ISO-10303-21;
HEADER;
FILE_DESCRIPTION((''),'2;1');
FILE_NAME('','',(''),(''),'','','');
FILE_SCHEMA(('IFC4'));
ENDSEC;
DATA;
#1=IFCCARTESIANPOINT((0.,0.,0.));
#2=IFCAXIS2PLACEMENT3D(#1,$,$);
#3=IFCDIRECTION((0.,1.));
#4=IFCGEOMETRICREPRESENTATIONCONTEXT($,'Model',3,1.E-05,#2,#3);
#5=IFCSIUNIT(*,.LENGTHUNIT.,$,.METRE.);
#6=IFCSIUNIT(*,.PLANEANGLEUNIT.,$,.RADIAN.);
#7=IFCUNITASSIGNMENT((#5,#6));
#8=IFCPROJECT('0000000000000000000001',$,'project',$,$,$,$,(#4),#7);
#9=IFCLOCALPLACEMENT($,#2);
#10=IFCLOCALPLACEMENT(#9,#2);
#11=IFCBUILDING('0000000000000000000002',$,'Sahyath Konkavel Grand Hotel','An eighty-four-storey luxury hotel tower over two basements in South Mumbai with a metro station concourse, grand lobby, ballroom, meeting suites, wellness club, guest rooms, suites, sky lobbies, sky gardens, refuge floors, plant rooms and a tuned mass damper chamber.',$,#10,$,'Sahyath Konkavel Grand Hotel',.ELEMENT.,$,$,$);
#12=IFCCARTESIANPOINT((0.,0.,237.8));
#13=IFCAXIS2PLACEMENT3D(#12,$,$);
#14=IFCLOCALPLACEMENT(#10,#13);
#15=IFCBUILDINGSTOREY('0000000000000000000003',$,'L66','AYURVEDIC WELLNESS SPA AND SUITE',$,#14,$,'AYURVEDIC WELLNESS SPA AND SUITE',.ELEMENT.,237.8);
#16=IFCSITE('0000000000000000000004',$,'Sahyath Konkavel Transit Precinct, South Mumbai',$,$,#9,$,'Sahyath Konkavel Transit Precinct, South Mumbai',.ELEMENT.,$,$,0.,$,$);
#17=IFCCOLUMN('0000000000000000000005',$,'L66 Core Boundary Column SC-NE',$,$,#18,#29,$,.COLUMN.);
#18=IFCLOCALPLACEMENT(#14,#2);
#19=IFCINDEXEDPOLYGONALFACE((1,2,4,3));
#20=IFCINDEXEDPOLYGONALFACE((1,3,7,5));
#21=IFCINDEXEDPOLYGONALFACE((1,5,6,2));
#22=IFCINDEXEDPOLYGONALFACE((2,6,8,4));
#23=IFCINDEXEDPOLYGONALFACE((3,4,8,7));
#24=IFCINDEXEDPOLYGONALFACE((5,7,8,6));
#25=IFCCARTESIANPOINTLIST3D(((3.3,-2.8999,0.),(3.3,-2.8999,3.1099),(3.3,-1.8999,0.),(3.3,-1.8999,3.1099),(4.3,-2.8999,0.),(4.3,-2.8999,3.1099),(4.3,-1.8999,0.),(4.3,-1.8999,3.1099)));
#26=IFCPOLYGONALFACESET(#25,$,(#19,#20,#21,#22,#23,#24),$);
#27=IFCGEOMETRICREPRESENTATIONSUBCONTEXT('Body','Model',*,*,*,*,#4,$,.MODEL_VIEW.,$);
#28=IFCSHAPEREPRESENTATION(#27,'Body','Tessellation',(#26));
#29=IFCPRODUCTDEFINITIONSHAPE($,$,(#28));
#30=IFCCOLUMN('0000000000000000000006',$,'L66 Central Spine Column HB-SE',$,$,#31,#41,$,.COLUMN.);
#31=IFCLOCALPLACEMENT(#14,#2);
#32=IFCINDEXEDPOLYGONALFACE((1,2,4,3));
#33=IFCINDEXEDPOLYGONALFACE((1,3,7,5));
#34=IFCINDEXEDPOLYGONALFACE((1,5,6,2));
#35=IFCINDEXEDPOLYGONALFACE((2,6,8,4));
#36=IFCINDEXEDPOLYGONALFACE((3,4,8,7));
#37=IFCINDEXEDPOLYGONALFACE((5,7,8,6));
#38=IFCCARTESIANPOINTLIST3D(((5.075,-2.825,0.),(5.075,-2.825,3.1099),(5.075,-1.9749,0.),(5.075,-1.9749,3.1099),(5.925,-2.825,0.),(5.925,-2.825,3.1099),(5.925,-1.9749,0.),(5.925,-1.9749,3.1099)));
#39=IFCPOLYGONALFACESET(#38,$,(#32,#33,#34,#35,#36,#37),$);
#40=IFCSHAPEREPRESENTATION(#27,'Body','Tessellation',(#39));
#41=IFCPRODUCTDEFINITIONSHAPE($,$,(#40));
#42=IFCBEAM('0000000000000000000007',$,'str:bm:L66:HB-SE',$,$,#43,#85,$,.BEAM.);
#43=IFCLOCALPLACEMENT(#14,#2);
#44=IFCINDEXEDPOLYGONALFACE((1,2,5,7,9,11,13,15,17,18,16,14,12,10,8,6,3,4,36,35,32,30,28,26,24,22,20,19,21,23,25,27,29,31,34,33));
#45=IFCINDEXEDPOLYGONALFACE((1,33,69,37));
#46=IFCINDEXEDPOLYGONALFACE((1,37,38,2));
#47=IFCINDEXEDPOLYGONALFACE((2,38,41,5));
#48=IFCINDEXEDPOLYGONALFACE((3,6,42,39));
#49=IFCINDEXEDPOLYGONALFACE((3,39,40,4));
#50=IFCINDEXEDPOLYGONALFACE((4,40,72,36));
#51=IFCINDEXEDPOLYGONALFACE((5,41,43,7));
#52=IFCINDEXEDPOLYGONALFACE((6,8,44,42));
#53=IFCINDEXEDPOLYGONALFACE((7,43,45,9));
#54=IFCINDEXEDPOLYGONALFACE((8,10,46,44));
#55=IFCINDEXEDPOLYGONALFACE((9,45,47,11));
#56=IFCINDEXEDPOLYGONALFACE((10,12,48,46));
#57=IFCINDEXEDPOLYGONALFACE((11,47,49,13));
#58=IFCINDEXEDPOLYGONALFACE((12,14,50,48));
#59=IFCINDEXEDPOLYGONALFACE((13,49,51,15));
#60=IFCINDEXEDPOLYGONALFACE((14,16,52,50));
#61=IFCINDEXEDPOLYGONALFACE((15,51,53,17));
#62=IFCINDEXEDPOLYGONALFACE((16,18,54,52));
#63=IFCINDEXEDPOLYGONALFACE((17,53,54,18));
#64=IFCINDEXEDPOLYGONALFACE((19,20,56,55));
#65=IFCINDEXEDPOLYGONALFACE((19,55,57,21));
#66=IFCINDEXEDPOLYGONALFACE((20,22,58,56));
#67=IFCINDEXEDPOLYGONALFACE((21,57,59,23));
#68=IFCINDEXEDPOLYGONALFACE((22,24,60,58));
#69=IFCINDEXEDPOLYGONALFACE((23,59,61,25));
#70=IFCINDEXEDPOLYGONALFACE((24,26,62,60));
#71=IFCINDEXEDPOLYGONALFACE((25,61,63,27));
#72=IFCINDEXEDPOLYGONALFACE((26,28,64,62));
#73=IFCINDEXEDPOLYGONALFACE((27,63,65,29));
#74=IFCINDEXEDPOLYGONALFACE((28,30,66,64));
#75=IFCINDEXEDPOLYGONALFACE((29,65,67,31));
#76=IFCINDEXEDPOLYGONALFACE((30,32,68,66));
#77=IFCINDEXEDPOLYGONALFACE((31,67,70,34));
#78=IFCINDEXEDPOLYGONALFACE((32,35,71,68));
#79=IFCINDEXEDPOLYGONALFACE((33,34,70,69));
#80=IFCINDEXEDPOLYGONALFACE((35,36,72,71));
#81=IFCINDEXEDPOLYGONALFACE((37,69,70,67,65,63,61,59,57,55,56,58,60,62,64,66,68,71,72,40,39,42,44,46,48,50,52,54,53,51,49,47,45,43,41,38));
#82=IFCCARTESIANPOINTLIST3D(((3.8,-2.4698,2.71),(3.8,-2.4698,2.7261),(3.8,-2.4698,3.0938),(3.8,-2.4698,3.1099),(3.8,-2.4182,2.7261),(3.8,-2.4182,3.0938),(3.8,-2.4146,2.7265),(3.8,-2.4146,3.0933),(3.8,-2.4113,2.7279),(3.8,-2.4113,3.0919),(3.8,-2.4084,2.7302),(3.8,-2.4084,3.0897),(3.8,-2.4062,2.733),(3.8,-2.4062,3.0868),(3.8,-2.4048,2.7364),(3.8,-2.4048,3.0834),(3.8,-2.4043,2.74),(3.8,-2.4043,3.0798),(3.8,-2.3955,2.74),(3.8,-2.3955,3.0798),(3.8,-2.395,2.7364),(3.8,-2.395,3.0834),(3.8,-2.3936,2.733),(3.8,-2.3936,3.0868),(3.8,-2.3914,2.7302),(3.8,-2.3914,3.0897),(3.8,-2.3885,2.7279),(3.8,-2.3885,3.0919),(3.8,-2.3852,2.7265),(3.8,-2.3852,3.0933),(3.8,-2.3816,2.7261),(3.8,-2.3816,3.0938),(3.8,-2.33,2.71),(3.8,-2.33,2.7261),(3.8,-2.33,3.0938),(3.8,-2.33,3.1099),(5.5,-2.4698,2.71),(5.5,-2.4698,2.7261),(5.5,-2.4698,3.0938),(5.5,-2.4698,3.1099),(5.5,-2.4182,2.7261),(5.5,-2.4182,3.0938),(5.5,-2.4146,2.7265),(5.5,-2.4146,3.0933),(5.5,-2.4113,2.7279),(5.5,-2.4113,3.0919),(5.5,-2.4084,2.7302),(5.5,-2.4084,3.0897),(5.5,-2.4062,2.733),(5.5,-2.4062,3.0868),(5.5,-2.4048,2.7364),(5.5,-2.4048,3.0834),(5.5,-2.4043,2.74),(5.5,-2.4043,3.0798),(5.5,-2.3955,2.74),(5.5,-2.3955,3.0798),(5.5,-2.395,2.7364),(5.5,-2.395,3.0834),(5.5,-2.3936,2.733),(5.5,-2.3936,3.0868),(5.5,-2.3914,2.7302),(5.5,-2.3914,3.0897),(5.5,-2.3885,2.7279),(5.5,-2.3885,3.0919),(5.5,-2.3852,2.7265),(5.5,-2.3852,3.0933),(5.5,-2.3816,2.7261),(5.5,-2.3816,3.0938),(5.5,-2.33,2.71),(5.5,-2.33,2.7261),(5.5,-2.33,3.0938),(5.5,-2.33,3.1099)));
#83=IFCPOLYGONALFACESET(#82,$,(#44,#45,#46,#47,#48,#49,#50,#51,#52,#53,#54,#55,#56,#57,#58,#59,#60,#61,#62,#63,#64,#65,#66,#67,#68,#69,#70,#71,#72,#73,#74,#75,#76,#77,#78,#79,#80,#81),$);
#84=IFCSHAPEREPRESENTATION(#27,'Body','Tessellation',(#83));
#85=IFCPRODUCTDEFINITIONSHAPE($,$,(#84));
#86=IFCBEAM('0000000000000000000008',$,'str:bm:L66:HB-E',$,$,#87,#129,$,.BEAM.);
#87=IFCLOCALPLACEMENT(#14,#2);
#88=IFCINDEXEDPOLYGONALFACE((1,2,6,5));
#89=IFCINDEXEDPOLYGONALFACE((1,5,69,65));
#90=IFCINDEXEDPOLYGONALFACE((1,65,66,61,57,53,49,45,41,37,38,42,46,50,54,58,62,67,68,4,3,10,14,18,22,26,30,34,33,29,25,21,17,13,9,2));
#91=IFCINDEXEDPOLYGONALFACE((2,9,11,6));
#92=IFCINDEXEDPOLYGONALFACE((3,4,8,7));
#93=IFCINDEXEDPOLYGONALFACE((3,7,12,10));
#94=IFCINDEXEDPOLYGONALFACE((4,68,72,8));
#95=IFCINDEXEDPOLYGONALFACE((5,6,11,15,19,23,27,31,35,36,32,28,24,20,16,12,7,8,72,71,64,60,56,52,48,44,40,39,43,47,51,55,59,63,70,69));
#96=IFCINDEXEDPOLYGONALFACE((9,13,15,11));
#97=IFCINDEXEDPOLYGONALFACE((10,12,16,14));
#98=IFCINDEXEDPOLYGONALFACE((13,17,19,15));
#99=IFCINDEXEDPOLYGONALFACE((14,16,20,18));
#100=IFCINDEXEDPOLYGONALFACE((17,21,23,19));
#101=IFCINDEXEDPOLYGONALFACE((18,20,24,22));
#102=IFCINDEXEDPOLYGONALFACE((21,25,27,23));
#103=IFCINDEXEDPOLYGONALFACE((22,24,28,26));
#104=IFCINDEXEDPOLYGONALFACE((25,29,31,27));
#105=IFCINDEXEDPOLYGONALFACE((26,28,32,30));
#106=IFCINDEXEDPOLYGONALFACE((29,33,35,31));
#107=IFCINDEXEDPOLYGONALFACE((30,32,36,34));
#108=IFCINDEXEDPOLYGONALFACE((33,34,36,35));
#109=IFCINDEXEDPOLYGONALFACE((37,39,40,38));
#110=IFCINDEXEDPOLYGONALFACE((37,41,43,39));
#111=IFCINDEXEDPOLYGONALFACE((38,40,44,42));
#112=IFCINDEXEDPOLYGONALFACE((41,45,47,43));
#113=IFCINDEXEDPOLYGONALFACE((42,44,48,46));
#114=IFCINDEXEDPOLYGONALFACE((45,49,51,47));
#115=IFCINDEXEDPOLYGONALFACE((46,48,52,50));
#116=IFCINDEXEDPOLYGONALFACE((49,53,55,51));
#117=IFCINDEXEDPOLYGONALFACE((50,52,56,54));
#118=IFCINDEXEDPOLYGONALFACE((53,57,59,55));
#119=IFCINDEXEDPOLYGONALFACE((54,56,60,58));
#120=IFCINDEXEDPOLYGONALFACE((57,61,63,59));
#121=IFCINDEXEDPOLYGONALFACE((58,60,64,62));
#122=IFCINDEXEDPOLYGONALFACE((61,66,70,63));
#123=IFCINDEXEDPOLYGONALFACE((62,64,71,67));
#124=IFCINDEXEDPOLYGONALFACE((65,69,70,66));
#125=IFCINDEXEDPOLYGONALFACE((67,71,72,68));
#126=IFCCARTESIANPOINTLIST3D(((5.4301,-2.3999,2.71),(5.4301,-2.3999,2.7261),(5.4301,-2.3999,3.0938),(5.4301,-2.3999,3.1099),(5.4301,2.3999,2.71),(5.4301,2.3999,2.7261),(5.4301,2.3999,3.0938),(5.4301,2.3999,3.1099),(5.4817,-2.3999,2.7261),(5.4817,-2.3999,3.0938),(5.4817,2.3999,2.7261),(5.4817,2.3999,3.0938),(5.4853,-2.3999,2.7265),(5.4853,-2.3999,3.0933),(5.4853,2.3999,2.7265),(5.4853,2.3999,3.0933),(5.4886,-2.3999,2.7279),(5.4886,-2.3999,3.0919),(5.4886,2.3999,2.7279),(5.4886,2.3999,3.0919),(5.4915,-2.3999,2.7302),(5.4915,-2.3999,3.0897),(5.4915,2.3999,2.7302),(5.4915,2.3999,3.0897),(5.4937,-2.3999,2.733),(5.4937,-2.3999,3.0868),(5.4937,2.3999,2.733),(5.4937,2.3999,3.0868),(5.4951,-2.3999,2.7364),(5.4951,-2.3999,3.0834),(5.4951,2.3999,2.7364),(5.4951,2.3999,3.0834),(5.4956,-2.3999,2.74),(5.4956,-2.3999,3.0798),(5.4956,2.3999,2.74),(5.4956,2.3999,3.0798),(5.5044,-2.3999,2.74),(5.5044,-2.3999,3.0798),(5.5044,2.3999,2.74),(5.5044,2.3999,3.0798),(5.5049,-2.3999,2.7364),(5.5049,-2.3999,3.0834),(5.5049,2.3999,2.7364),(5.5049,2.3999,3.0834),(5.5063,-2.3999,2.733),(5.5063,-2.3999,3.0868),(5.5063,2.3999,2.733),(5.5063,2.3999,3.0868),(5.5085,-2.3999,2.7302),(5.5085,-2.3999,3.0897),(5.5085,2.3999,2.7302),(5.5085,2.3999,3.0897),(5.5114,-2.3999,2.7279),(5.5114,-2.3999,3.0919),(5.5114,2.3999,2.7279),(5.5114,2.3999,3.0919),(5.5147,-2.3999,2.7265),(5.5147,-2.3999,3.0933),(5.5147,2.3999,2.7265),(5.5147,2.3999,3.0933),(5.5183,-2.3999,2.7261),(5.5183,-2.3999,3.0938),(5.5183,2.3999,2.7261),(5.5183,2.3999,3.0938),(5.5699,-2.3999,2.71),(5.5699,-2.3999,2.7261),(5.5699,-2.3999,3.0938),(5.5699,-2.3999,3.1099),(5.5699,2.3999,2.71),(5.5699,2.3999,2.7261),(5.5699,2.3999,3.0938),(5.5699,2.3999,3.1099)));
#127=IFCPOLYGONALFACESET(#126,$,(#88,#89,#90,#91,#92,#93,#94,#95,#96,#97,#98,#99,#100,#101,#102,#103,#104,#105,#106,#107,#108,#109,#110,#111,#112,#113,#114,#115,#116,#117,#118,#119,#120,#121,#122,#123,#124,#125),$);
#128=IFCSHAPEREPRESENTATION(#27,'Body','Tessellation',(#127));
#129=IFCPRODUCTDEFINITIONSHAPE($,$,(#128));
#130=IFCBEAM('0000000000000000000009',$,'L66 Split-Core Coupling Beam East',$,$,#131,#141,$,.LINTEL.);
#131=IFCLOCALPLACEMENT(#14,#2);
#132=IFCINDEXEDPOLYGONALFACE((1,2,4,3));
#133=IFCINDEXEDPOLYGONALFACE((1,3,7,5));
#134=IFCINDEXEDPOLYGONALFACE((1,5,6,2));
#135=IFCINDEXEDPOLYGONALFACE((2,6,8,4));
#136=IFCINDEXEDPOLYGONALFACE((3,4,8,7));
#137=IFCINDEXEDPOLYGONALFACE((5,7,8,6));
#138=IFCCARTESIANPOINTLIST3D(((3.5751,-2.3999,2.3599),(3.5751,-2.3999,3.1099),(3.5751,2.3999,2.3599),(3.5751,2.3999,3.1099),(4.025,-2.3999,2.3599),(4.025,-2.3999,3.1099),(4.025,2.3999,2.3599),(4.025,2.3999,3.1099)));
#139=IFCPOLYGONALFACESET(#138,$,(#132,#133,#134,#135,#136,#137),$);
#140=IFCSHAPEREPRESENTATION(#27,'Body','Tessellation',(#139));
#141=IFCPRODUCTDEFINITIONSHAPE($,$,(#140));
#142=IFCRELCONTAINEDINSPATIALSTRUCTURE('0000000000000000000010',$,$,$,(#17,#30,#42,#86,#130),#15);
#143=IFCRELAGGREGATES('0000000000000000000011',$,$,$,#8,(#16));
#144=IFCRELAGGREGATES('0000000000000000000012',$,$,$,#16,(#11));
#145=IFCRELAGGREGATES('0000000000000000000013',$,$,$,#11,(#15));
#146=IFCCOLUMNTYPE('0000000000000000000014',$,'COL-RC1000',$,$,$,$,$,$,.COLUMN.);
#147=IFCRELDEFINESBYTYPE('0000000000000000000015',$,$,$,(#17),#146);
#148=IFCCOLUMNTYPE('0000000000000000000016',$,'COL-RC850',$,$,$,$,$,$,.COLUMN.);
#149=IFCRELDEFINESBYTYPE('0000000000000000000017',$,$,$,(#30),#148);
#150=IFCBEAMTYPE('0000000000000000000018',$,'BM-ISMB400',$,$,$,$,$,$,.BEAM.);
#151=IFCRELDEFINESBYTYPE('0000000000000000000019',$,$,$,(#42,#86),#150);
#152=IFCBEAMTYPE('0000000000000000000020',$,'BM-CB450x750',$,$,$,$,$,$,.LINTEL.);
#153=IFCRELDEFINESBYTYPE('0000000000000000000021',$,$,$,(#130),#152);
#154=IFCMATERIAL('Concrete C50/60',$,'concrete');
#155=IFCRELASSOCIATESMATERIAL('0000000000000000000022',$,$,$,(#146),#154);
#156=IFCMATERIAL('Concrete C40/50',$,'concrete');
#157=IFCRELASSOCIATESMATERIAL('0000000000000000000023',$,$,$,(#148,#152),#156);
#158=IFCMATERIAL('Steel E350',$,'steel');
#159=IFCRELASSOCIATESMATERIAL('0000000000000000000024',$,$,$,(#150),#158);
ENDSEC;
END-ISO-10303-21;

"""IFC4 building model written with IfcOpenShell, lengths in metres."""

from ifc_helpers import new_model, si_unit, direction, frame, origin, origin_2d, place, context, subcontext, project, spatial, rectangle, i_section, extrude, source, transform, mapped, material, material_profile, profile_set, type_object, element, save


model = new_model("IFC4")

# Units and contexts
model_context = context("Model", 3, precision=1e-05, world=origin(), true_north=direction((0.0, 1.0)))
body_context = subcontext(model_context, "Body", "Model", "MODEL_VIEW")
ifc_project = project(units=[si_unit("LENGTHUNIT", "METRE"), si_unit("PLANEANGLEUNIT", "RADIAN")], contexts=[model_context])

# Site, building, storey
site_placement = place(None, origin())
site = spatial("IfcSite", under=ifc_project, at=site_placement, Name="Sahyath Konkavel Transit Precinct, South Mumbai", LongName="Sahyath Konkavel Transit Precinct, South Mumbai", CompositionType="ELEMENT", RefElevation=0.0)
building_placement = place(site_placement, origin())
building = spatial("IfcBuilding", under=site, at=building_placement, Name="Sahyath Konkavel Grand Hotel", Description="An eighty-four-storey luxury hotel tower over two basements in South Mumbai with a metro station concourse, grand lobby, ballroom, meeting suites, wellness club, guest rooms, suites, sky lobbies, sky gardens, refuge floors, plant rooms and a tuned mass damper chamber.", LongName="Sahyath Konkavel Grand Hotel", CompositionType="ELEMENT")
storey_placement = place(building_placement, frame((0.0, 0.0, 237.8)))
storey = spatial("IfcBuildingStorey", under=building, at=storey_placement, Name="L66", Description="AYURVEDIC WELLNESS SPA AND SUITE", LongName="AYURVEDIC WELLNESS SPA AND SUITE", CompositionType="ELEMENT", Elevation=237.8)

# Columns
ifc_material_1 = material(Name="Concrete C50/60", Category="concrete")
ifc_material_profile_1 = material_profile(ifc_material_1, rectangle(XDim=1.0, YDim=1.0, at=origin_2d()), Name="RC 1000x1000")
ifc_profile_set_1 = profile_set([ifc_material_profile_1], Name="Concrete C50/60")
column_type_1 = type_object("IfcColumnType", Name="COL-RC1000", PredefinedType="COLUMN", material=ifc_profile_set_1)
shared_shape_1 = source(origin(), body_context, "Body", "SweptSolid", [
    extrude(rectangle(XDim=1.0, YDim=1.0, at=origin_2d()), origin(), (0.0, 0.0, 1.0), 3.1099),
])
column_1_placement = place(storey_placement, frame((3.8, -2.3999, 0.0), z_axis=(0.0, 0.0, 1.0), x_axis=(1.0, 0.0, 0.0)))
element("IfcColumn", 1, at=column_1_placement, inside=storey, type_object=column_type_1, Name="L66 Core Boundary Column SC-NE", PredefinedType="COLUMN", context=body_context, shape_type="MappedRepresentation", body=[
    mapped(shared_shape_1, transform((0.0, 0.0, 0.0), scale=1.0)),
])
ifc_material_2 = material(Name="Concrete C40/50", Category="concrete")
ifc_material_profile_2 = material_profile(ifc_material_2, rectangle(XDim=0.8501, YDim=0.8501, at=origin_2d()), Name="RC 850x850")
ifc_profile_set_2 = profile_set([ifc_material_profile_2], Name="Concrete C40/50")
column_type_2 = type_object("IfcColumnType", Name="COL-RC850", PredefinedType="COLUMN", material=ifc_profile_set_2)
shared_shape_2 = source(origin(), body_context, "Body", "SweptSolid", [
    extrude(rectangle(XDim=0.8501, YDim=0.8501, at=origin_2d()), origin(), (0.0, 0.0, 1.0), 3.1099),
])
column_2_placement = place(storey_placement, frame((5.5, -2.3999, 0.0), z_axis=(0.0, 0.0, 1.0), x_axis=(1.0, 0.0, 0.0)))
element("IfcColumn", 2, at=column_2_placement, inside=storey, type_object=column_type_2, Name="L66 Central Spine Column HB-SE", PredefinedType="COLUMN", context=body_context, shape_type="MappedRepresentation", body=[
    mapped(shared_shape_2, transform((0.0, 0.0, 0.0), scale=1.0)),
])

# Beams
ifc_material_3 = material(Name="Steel E350", Category="steel")
ifc_material_profile_3 = material_profile(ifc_material_3, i_section(OverallWidth=0.1399, OverallDepth=0.3999, WebThickness=0.0088, FlangeThickness=0.0161, FilletRadius=0.0139, at=origin_2d()), Name="ISMB 400")
ifc_profile_set_3 = profile_set([ifc_material_profile_3], Name="Steel E350")
beam_type_1 = type_object("IfcBeamType", Name="BM-ISMB400", PredefinedType="BEAM", material=ifc_profile_set_3)
shared_shape_3 = source(origin(), body_context, "Body", "SweptSolid", [
    extrude(i_section(OverallWidth=0.1399, OverallDepth=0.3999, WebThickness=0.0088, FlangeThickness=0.0161, FilletRadius=0.0139, at=origin_2d()), origin(), (0.0, 0.0, 1.0), 1.7),
])
beam_1_placement = place(storey_placement, frame((3.8, -2.3999, 2.9099), z_axis=(1.0, 0.0, 0.0), x_axis=(0.0, 1.0, 0.0)))
element("IfcBeam", 3, at=beam_1_placement, inside=storey, type_object=beam_type_1, Name="str:bm:L66:HB-SE", PredefinedType="BEAM", context=body_context, shape_type="MappedRepresentation", body=[
    mapped(shared_shape_3, transform((0.0, 0.0, 0.0), scale=1.0)),
])
shared_shape_4 = source(origin(), body_context, "Body", "SweptSolid", [
    extrude(i_section(OverallWidth=0.1399, OverallDepth=0.3999, WebThickness=0.0088, FlangeThickness=0.0161, FilletRadius=0.0139, at=origin_2d()), origin(), (0.0, 0.0, 1.0), 4.7998),
])
beam_2_placement = place(storey_placement, frame((5.5, -2.3999, 2.9099), z_axis=(0.0, 1.0, 0.0), x_axis=(-1.0, 0.0, 0.0)))
element("IfcBeam", 4, at=beam_2_placement, inside=storey, type_object=beam_type_1, Name="str:bm:L66:HB-E", PredefinedType="BEAM", context=body_context, shape_type="MappedRepresentation", body=[
    mapped(shared_shape_4, transform((0.0, 0.0, 0.0), scale=1.0)),
])
ifc_material_profile_4 = material_profile(ifc_material_2, rectangle(XDim=0.45, YDim=0.75, at=origin_2d()), Name="RC 450x750")
ifc_profile_set_4 = profile_set([ifc_material_profile_4], Name="Concrete C40/50")
beam_type_2 = type_object("IfcBeamType", Name="BM-CB450x750", PredefinedType="LINTEL", material=ifc_profile_set_4)
shared_shape_5 = source(origin(), body_context, "Body", "SweptSolid", [
    extrude(rectangle(XDim=0.45, YDim=0.75, at=origin_2d()), origin(), (0.0, 0.0, 1.0), 4.7998),
])
beam_3_placement = place(storey_placement, frame((3.8, -2.3999, 2.7349), z_axis=(0.0, 1.0, 0.0), x_axis=(-1.0, 0.0, 0.0)))
element("IfcBeam", 5, at=beam_3_placement, inside=storey, type_object=beam_type_2, Name="L66 Split-Core Coupling Beam East", PredefinedType="LINTEL", context=body_context, shape_type="MappedRepresentation", body=[
    mapped(shared_shape_5, transform((0.0, 0.0, 0.0), scale=1.0)),
])

save(model, "model.ifc")
